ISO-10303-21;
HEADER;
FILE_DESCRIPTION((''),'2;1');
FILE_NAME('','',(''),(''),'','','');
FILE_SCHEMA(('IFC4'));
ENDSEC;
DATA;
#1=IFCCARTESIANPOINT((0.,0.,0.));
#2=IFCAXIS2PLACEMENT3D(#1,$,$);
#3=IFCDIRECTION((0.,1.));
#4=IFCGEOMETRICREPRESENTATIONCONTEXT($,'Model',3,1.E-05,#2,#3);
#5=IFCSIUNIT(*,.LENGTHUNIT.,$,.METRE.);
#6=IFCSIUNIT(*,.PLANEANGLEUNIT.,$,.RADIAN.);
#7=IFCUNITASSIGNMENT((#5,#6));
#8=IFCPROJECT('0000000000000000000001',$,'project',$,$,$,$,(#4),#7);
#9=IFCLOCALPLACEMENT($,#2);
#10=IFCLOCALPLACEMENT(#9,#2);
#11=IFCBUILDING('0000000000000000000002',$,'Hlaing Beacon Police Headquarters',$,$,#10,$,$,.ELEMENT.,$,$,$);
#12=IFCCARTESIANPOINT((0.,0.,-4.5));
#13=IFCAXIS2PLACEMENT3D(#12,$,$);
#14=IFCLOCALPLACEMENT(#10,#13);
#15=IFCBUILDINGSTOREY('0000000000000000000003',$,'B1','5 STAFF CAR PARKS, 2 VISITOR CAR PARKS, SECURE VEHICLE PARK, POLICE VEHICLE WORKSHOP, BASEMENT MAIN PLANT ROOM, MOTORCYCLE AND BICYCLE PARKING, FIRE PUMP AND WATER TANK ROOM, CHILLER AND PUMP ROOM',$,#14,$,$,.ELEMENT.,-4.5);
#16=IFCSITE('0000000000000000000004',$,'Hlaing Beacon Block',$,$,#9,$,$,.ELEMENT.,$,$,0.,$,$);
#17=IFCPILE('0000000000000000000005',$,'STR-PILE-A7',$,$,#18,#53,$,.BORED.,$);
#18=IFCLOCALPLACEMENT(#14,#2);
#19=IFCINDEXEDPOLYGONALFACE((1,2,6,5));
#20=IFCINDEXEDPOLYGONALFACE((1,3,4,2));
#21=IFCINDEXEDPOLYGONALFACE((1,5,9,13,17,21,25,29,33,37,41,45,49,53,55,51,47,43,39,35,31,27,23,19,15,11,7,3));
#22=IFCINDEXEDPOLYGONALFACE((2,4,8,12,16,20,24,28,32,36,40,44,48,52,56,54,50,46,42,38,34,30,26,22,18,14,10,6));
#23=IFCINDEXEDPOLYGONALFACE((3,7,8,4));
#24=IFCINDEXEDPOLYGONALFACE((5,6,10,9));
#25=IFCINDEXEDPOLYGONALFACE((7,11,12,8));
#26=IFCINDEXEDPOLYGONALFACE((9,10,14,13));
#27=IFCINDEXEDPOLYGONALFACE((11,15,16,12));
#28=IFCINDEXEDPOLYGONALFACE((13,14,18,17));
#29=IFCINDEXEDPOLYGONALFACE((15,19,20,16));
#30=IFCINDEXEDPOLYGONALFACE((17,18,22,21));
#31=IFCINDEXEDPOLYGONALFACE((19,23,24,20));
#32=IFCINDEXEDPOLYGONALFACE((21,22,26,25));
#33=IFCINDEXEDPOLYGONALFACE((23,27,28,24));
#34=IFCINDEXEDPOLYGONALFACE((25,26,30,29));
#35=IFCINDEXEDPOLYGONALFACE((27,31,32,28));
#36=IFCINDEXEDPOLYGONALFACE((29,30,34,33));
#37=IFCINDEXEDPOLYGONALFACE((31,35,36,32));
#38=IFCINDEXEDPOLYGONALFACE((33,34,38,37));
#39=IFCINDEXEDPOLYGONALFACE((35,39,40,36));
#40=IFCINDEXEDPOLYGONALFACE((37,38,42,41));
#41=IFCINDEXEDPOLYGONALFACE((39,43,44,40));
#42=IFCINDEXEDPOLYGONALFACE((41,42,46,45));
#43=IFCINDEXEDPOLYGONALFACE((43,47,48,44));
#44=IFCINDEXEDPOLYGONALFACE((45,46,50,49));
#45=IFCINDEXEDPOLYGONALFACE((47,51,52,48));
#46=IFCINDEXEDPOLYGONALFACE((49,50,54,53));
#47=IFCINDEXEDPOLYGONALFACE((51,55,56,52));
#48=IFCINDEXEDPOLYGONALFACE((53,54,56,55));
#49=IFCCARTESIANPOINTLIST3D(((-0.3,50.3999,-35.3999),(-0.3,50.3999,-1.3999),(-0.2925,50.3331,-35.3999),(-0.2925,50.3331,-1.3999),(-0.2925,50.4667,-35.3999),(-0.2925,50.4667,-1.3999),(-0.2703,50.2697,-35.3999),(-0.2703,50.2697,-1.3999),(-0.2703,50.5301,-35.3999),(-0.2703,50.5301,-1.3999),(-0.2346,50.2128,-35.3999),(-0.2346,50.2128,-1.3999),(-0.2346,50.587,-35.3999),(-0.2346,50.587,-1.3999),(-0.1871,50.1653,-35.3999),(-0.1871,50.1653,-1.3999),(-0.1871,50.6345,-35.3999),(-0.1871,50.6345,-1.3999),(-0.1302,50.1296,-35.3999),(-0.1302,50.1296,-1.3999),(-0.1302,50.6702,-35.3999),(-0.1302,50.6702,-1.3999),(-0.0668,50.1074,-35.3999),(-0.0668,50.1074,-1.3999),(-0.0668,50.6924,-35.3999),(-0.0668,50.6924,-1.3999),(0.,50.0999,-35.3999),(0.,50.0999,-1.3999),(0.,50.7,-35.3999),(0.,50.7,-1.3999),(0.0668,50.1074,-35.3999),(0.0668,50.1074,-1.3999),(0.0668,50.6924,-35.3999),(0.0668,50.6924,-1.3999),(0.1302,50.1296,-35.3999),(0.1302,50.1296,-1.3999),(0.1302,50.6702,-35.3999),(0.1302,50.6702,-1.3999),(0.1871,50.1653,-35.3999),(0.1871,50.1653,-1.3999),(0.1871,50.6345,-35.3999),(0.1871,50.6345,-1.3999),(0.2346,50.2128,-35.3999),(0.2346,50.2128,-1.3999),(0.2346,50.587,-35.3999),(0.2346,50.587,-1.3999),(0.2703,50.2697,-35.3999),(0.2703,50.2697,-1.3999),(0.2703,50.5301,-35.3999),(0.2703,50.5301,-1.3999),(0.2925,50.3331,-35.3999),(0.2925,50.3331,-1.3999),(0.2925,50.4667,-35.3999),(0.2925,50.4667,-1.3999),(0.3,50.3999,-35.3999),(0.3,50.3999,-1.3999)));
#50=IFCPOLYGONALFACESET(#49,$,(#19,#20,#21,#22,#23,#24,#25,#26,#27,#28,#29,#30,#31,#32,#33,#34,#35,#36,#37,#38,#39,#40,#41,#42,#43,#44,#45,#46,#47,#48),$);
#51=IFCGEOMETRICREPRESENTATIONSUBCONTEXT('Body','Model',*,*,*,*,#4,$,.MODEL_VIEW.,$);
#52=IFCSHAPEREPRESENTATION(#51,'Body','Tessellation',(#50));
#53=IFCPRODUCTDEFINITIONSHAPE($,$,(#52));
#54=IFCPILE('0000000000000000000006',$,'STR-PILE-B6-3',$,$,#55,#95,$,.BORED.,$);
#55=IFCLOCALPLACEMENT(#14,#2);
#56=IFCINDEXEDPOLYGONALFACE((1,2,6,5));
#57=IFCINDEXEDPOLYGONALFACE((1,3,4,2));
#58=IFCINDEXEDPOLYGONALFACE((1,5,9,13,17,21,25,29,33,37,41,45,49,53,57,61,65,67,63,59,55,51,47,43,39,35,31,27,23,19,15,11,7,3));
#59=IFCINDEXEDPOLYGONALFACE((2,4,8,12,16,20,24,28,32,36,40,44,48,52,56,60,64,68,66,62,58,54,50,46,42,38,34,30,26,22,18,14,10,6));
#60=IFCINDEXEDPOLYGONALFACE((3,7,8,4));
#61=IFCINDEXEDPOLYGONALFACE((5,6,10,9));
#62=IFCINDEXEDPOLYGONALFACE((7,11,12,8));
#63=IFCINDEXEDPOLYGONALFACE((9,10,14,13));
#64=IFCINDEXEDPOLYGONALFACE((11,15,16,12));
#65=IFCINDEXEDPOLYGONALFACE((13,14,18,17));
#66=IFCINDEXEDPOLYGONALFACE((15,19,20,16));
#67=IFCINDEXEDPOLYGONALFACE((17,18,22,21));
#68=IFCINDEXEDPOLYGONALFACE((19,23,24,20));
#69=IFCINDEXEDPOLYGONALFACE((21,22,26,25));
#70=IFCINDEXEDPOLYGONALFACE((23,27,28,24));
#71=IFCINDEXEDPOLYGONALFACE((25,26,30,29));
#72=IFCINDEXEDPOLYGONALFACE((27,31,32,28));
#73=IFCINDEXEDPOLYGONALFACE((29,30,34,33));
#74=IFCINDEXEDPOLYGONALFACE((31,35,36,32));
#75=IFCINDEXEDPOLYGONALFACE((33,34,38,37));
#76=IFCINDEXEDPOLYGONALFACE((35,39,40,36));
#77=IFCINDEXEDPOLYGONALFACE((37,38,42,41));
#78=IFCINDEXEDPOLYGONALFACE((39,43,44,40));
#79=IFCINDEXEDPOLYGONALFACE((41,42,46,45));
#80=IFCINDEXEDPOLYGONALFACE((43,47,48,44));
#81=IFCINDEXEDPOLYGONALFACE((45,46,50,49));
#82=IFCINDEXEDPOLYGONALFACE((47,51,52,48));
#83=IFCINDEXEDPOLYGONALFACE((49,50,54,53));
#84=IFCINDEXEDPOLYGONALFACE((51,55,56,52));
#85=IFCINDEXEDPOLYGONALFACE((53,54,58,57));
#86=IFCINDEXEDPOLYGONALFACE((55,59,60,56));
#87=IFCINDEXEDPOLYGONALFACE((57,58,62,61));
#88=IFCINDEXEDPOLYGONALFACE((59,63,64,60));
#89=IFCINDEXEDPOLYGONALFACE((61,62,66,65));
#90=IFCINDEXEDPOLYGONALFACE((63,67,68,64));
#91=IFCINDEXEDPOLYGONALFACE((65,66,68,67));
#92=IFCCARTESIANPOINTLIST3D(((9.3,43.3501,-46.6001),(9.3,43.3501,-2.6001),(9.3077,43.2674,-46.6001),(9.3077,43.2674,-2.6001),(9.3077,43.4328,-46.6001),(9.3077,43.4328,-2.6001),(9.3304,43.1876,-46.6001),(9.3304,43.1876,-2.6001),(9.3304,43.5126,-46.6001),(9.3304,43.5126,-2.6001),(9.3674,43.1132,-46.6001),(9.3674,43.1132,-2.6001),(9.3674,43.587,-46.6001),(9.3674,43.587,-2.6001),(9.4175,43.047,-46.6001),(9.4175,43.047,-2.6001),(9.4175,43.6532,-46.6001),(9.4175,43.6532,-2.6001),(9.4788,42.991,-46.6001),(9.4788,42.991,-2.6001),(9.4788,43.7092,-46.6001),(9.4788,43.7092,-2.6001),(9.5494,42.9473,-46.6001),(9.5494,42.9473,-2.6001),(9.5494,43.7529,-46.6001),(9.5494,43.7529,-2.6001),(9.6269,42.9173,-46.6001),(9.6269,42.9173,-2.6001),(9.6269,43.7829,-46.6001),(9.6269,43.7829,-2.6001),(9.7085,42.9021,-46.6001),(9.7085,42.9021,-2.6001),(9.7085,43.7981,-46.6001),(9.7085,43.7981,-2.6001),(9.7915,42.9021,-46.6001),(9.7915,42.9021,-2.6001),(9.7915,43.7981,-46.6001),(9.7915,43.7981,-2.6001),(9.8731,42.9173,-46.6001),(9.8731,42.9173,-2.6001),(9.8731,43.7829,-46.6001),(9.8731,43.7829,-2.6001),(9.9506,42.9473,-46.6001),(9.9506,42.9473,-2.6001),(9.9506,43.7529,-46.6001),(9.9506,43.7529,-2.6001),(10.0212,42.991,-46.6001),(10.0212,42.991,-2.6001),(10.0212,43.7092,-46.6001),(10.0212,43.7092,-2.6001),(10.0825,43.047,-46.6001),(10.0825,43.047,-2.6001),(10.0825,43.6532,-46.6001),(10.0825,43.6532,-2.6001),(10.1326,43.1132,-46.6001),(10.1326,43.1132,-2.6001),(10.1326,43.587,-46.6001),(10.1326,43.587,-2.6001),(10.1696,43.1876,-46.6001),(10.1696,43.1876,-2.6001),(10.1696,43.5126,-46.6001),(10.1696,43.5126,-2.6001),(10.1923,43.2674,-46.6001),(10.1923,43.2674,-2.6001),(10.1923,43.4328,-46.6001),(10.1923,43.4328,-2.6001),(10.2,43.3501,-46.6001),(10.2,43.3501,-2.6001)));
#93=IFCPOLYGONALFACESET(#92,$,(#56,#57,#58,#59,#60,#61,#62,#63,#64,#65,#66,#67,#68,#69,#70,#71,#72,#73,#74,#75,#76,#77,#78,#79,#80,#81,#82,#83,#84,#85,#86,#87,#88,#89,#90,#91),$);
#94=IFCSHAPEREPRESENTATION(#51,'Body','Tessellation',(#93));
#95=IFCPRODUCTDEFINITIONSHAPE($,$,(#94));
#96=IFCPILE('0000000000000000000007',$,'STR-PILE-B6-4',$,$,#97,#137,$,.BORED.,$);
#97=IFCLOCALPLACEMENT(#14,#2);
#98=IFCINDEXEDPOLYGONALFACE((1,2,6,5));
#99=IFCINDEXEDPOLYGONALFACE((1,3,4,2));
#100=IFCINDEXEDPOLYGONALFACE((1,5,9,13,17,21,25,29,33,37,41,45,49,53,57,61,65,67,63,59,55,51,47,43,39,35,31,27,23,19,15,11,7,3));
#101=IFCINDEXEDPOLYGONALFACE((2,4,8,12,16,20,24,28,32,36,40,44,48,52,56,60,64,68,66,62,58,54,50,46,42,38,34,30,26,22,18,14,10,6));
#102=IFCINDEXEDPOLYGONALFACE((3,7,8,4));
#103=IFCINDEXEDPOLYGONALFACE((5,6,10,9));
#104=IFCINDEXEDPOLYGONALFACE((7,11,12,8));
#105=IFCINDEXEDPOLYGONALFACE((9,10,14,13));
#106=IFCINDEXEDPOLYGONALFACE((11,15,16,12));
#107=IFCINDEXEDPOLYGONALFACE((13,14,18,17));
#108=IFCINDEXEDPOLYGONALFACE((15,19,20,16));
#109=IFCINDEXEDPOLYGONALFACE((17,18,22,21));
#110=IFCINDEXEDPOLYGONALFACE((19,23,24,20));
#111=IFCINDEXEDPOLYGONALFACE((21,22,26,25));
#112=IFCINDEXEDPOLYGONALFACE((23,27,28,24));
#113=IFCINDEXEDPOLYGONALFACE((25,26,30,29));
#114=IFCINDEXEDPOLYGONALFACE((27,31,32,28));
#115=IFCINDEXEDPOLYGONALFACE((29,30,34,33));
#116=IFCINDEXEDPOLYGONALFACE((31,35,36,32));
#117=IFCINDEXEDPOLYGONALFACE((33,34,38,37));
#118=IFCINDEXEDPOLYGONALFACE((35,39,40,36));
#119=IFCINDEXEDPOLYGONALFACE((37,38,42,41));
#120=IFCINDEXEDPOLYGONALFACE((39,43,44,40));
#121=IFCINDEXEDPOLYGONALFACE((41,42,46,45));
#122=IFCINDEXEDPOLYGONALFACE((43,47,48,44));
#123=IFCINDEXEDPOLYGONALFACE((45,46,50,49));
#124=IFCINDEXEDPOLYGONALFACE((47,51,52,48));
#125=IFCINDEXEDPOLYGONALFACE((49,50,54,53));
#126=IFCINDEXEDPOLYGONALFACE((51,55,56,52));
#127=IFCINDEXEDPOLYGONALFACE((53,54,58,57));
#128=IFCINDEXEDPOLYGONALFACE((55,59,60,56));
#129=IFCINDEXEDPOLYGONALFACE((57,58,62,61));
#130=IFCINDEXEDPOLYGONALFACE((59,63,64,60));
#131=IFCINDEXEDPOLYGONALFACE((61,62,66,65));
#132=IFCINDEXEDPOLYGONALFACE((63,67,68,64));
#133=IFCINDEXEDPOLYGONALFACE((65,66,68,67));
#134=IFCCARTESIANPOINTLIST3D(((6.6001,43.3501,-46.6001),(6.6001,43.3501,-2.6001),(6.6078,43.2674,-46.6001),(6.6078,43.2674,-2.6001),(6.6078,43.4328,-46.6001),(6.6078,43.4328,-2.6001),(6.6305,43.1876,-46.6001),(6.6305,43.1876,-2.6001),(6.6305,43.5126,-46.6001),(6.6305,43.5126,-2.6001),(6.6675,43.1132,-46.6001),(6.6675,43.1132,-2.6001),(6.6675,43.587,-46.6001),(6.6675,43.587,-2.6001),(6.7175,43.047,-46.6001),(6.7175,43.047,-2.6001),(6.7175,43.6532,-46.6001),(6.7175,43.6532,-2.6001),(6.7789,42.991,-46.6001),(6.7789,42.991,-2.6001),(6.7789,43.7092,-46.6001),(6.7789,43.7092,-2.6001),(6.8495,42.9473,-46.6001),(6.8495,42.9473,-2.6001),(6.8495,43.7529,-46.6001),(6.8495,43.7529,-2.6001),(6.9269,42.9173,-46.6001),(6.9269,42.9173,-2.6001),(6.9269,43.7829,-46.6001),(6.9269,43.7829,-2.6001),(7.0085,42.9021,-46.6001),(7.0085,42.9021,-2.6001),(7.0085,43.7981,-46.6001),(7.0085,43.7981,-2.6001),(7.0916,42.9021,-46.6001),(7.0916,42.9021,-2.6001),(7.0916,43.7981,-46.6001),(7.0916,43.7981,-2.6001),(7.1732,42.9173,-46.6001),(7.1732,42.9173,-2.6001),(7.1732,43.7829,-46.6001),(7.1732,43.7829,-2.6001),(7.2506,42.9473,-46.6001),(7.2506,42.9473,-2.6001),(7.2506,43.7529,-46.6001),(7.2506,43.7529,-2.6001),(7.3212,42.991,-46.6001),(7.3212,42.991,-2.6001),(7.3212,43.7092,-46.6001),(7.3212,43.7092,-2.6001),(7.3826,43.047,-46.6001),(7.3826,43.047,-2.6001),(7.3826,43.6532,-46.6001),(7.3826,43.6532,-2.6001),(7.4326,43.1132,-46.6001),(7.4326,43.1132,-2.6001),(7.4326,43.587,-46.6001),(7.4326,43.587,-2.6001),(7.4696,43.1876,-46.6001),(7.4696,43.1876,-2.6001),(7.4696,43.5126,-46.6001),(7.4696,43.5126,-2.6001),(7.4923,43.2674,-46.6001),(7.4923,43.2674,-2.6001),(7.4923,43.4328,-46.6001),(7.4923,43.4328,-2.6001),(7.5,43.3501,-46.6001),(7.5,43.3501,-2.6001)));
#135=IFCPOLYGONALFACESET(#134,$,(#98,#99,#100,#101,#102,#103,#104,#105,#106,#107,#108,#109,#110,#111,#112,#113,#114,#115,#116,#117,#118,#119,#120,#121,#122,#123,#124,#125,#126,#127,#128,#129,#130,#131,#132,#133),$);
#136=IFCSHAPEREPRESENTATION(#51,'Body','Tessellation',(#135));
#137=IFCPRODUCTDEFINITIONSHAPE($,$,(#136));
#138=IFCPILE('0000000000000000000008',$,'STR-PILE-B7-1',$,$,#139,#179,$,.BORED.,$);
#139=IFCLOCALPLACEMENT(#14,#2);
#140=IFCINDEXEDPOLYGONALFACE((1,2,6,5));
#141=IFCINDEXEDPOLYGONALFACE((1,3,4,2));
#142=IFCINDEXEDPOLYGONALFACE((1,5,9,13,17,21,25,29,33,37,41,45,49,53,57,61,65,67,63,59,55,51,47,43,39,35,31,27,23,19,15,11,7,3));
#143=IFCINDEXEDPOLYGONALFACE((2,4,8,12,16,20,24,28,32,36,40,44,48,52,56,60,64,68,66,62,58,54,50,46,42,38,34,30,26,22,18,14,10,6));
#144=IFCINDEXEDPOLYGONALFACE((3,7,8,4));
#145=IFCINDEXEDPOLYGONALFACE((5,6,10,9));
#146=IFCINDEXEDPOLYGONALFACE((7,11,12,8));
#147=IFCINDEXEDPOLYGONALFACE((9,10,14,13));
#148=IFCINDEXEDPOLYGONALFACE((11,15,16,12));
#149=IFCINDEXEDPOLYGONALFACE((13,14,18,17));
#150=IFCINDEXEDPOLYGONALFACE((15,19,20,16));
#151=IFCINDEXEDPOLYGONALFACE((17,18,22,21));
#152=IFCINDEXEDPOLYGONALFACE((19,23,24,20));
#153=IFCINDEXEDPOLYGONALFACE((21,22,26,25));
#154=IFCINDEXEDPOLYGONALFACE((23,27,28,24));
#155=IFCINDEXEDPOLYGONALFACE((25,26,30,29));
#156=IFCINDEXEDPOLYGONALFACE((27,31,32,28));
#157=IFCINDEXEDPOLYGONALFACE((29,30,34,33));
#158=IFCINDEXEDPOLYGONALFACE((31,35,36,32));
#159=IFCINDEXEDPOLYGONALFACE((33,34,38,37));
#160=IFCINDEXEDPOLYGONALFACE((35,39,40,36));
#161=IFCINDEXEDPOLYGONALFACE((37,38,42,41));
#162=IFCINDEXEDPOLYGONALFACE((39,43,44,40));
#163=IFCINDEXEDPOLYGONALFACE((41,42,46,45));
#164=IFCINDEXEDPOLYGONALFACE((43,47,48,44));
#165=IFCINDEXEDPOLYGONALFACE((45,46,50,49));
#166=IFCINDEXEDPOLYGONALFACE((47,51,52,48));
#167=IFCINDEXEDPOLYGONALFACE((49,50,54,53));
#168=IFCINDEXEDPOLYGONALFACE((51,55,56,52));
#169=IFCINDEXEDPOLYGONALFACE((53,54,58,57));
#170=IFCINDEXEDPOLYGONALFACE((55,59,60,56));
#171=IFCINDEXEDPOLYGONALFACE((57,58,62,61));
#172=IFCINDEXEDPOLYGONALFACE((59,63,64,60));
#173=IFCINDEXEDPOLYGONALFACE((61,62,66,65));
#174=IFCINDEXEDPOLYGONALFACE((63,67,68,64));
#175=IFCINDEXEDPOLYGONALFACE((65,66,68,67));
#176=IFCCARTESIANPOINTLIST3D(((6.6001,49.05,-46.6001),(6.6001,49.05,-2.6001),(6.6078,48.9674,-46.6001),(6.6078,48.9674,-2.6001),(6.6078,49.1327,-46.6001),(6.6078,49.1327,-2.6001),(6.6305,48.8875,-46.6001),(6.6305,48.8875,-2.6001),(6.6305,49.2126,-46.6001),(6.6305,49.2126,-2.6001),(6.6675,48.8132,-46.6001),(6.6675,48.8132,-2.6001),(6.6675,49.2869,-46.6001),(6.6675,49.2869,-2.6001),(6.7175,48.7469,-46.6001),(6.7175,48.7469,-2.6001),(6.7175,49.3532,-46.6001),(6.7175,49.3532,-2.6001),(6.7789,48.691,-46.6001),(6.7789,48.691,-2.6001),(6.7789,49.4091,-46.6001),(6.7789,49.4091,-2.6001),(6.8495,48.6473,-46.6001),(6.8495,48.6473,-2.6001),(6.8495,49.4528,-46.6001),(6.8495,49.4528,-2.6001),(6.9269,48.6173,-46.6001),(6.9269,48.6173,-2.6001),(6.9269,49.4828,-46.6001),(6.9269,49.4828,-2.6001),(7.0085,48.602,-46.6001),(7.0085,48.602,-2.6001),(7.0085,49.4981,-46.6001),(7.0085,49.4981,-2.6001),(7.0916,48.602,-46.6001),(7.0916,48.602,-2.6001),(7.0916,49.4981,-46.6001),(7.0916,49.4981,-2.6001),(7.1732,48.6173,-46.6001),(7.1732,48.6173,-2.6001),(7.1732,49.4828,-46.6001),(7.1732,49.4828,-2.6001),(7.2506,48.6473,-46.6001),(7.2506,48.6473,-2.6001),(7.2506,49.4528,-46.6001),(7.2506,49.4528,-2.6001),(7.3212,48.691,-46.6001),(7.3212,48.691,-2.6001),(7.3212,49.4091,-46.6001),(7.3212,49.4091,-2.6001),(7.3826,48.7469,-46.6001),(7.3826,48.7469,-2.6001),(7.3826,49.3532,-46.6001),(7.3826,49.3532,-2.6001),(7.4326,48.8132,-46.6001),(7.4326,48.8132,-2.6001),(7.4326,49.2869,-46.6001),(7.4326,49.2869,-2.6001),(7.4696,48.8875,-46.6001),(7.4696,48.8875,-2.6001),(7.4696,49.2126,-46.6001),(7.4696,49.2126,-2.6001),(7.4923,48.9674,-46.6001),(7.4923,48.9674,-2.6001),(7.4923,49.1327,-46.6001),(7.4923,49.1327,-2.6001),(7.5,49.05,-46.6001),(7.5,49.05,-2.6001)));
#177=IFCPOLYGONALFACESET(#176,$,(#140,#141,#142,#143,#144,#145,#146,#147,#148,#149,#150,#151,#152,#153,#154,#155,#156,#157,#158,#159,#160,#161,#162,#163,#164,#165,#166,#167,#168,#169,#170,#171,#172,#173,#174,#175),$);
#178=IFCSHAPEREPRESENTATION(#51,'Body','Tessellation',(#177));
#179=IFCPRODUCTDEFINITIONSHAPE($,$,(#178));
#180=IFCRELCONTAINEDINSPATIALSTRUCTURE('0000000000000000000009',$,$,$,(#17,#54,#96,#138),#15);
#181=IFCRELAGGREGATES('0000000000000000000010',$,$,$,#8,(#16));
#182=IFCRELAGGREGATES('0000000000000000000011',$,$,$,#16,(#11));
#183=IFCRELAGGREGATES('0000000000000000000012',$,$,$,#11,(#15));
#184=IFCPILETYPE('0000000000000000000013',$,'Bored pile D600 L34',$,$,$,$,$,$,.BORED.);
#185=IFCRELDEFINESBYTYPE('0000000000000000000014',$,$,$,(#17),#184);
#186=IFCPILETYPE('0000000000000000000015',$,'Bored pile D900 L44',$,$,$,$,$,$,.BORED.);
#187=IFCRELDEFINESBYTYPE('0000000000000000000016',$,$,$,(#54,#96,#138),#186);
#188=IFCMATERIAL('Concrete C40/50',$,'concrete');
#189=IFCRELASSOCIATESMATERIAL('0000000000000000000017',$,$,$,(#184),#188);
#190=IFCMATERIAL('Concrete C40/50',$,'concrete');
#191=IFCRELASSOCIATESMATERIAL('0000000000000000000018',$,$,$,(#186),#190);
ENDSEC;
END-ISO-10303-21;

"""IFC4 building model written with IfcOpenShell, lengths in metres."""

from ifc_helpers import new_model, si_unit, direction, frame, origin, origin_2d, place, context, subcontext, project, spatial, circle, extrude, material, material_profile, profile_set, type_object, element, save


model = new_model("IFC4")

# Units and contexts
model_context = context("Model", 3, precision=1e-05, world=origin(), true_north=direction((0.0, 1.0)))
body_context = subcontext(model_context, "Body", "Model", "MODEL_VIEW")
ifc_project = project(units=[si_unit("LENGTHUNIT", "METRE"), si_unit("PLANEANGLEUNIT", "RADIAN")], contexts=[model_context])

# Site, building, storey
site_placement = place(None, origin())
site = spatial("IfcSite", under=ifc_project, at=site_placement, Name="Hlaing Beacon Block", CompositionType="ELEMENT", RefElevation=0.0)
building_placement = place(site_placement, origin())
building = spatial("IfcBuilding", under=site, at=building_placement, Name="Hlaing Beacon Police Headquarters", CompositionType="ELEMENT")
storey_placement = place(building_placement, frame((0.0, 0.0, -4.5)))
storey = spatial("IfcBuildingStorey", under=building, at=storey_placement, Name="B1", Description="5 STAFF CAR PARKS, 2 VISITOR CAR PARKS, SECURE VEHICLE PARK, POLICE VEHICLE WORKSHOP, BASEMENT MAIN PLANT ROOM, MOTORCYCLE AND BICYCLE PARKING, FIRE PUMP AND WATER TANK ROOM, CHILLER AND PUMP ROOM", CompositionType="ELEMENT", Elevation=-4.5)

# Piles
ifc_material_1 = material(Name="Concrete C40/50", Category="concrete")
ifc_material_profile_1 = material_profile(ifc_material_1, circle(Radius=0.3, at=origin_2d()), Name="D600")
ifc_profile_set_1 = profile_set([ifc_material_profile_1], Name="Concrete C40/50")
pile_type_1 = type_object("IfcPileType", Name="Bored pile D600 L34", PredefinedType="BORED", material=ifc_profile_set_1)
pile_placement = place(storey_placement, frame((0.0, 50.3999, -1.3999), z_axis=(0.0, 0.0, -1.0), x_axis=(1.0, 0.0, 0.0)))
element("IfcPile", 1, at=pile_placement, inside=storey, type_object=pile_type_1, Name="STR-PILE-A7", PredefinedType="BORED", context=body_context, shape_type="SweptSolid", body=[
    extrude(circle(Radius=0.3, at=origin_2d()), origin(), (0.0, 0.0, 1.0), 34.0),
])
ifc_material_2 = material(Name="Concrete C40/50", Category="concrete")
ifc_material_profile_2 = material_profile(ifc_material_2, circle(Radius=0.45, at=origin_2d()), Name="D900")
ifc_profile_set_2 = profile_set([ifc_material_profile_2], Name="Concrete C40/50")
pile_type_2 = type_object("IfcPileType", Name="Bored pile D900 L44", PredefinedType="BORED", material=ifc_profile_set_2)
for number, where, z_axis, x_axis, name in (
    (2, (9.75, 43.3501, -2.6001), (0.0, 0.0, -1.0), (1.0, 0.0, 0.0), "STR-PILE-B6-3"),
    (3, (7.05, 43.3501, -2.6001), (0.0, 0.0, -1.0), (1.0, 0.0, 0.0), "STR-PILE-B6-4"),
    (4, (7.05, 49.05, -2.6001), (0.0, 0.0, -1.0), (1.0, 0.0, 0.0), "STR-PILE-B7-1"),
):
    element("IfcPile", number, at=place(storey_placement, frame(where, z_axis=z_axis, x_axis=x_axis)), inside=storey, type_object=pile_type_2, Name=name, PredefinedType="BORED", context=body_context, shape_type="SweptSolid", body=[
        extrude(circle(Radius=0.45, at=origin_2d()), origin(), (0.0, 0.0, 1.0), 44.0),
    ])

save(model, "model.ifc")
